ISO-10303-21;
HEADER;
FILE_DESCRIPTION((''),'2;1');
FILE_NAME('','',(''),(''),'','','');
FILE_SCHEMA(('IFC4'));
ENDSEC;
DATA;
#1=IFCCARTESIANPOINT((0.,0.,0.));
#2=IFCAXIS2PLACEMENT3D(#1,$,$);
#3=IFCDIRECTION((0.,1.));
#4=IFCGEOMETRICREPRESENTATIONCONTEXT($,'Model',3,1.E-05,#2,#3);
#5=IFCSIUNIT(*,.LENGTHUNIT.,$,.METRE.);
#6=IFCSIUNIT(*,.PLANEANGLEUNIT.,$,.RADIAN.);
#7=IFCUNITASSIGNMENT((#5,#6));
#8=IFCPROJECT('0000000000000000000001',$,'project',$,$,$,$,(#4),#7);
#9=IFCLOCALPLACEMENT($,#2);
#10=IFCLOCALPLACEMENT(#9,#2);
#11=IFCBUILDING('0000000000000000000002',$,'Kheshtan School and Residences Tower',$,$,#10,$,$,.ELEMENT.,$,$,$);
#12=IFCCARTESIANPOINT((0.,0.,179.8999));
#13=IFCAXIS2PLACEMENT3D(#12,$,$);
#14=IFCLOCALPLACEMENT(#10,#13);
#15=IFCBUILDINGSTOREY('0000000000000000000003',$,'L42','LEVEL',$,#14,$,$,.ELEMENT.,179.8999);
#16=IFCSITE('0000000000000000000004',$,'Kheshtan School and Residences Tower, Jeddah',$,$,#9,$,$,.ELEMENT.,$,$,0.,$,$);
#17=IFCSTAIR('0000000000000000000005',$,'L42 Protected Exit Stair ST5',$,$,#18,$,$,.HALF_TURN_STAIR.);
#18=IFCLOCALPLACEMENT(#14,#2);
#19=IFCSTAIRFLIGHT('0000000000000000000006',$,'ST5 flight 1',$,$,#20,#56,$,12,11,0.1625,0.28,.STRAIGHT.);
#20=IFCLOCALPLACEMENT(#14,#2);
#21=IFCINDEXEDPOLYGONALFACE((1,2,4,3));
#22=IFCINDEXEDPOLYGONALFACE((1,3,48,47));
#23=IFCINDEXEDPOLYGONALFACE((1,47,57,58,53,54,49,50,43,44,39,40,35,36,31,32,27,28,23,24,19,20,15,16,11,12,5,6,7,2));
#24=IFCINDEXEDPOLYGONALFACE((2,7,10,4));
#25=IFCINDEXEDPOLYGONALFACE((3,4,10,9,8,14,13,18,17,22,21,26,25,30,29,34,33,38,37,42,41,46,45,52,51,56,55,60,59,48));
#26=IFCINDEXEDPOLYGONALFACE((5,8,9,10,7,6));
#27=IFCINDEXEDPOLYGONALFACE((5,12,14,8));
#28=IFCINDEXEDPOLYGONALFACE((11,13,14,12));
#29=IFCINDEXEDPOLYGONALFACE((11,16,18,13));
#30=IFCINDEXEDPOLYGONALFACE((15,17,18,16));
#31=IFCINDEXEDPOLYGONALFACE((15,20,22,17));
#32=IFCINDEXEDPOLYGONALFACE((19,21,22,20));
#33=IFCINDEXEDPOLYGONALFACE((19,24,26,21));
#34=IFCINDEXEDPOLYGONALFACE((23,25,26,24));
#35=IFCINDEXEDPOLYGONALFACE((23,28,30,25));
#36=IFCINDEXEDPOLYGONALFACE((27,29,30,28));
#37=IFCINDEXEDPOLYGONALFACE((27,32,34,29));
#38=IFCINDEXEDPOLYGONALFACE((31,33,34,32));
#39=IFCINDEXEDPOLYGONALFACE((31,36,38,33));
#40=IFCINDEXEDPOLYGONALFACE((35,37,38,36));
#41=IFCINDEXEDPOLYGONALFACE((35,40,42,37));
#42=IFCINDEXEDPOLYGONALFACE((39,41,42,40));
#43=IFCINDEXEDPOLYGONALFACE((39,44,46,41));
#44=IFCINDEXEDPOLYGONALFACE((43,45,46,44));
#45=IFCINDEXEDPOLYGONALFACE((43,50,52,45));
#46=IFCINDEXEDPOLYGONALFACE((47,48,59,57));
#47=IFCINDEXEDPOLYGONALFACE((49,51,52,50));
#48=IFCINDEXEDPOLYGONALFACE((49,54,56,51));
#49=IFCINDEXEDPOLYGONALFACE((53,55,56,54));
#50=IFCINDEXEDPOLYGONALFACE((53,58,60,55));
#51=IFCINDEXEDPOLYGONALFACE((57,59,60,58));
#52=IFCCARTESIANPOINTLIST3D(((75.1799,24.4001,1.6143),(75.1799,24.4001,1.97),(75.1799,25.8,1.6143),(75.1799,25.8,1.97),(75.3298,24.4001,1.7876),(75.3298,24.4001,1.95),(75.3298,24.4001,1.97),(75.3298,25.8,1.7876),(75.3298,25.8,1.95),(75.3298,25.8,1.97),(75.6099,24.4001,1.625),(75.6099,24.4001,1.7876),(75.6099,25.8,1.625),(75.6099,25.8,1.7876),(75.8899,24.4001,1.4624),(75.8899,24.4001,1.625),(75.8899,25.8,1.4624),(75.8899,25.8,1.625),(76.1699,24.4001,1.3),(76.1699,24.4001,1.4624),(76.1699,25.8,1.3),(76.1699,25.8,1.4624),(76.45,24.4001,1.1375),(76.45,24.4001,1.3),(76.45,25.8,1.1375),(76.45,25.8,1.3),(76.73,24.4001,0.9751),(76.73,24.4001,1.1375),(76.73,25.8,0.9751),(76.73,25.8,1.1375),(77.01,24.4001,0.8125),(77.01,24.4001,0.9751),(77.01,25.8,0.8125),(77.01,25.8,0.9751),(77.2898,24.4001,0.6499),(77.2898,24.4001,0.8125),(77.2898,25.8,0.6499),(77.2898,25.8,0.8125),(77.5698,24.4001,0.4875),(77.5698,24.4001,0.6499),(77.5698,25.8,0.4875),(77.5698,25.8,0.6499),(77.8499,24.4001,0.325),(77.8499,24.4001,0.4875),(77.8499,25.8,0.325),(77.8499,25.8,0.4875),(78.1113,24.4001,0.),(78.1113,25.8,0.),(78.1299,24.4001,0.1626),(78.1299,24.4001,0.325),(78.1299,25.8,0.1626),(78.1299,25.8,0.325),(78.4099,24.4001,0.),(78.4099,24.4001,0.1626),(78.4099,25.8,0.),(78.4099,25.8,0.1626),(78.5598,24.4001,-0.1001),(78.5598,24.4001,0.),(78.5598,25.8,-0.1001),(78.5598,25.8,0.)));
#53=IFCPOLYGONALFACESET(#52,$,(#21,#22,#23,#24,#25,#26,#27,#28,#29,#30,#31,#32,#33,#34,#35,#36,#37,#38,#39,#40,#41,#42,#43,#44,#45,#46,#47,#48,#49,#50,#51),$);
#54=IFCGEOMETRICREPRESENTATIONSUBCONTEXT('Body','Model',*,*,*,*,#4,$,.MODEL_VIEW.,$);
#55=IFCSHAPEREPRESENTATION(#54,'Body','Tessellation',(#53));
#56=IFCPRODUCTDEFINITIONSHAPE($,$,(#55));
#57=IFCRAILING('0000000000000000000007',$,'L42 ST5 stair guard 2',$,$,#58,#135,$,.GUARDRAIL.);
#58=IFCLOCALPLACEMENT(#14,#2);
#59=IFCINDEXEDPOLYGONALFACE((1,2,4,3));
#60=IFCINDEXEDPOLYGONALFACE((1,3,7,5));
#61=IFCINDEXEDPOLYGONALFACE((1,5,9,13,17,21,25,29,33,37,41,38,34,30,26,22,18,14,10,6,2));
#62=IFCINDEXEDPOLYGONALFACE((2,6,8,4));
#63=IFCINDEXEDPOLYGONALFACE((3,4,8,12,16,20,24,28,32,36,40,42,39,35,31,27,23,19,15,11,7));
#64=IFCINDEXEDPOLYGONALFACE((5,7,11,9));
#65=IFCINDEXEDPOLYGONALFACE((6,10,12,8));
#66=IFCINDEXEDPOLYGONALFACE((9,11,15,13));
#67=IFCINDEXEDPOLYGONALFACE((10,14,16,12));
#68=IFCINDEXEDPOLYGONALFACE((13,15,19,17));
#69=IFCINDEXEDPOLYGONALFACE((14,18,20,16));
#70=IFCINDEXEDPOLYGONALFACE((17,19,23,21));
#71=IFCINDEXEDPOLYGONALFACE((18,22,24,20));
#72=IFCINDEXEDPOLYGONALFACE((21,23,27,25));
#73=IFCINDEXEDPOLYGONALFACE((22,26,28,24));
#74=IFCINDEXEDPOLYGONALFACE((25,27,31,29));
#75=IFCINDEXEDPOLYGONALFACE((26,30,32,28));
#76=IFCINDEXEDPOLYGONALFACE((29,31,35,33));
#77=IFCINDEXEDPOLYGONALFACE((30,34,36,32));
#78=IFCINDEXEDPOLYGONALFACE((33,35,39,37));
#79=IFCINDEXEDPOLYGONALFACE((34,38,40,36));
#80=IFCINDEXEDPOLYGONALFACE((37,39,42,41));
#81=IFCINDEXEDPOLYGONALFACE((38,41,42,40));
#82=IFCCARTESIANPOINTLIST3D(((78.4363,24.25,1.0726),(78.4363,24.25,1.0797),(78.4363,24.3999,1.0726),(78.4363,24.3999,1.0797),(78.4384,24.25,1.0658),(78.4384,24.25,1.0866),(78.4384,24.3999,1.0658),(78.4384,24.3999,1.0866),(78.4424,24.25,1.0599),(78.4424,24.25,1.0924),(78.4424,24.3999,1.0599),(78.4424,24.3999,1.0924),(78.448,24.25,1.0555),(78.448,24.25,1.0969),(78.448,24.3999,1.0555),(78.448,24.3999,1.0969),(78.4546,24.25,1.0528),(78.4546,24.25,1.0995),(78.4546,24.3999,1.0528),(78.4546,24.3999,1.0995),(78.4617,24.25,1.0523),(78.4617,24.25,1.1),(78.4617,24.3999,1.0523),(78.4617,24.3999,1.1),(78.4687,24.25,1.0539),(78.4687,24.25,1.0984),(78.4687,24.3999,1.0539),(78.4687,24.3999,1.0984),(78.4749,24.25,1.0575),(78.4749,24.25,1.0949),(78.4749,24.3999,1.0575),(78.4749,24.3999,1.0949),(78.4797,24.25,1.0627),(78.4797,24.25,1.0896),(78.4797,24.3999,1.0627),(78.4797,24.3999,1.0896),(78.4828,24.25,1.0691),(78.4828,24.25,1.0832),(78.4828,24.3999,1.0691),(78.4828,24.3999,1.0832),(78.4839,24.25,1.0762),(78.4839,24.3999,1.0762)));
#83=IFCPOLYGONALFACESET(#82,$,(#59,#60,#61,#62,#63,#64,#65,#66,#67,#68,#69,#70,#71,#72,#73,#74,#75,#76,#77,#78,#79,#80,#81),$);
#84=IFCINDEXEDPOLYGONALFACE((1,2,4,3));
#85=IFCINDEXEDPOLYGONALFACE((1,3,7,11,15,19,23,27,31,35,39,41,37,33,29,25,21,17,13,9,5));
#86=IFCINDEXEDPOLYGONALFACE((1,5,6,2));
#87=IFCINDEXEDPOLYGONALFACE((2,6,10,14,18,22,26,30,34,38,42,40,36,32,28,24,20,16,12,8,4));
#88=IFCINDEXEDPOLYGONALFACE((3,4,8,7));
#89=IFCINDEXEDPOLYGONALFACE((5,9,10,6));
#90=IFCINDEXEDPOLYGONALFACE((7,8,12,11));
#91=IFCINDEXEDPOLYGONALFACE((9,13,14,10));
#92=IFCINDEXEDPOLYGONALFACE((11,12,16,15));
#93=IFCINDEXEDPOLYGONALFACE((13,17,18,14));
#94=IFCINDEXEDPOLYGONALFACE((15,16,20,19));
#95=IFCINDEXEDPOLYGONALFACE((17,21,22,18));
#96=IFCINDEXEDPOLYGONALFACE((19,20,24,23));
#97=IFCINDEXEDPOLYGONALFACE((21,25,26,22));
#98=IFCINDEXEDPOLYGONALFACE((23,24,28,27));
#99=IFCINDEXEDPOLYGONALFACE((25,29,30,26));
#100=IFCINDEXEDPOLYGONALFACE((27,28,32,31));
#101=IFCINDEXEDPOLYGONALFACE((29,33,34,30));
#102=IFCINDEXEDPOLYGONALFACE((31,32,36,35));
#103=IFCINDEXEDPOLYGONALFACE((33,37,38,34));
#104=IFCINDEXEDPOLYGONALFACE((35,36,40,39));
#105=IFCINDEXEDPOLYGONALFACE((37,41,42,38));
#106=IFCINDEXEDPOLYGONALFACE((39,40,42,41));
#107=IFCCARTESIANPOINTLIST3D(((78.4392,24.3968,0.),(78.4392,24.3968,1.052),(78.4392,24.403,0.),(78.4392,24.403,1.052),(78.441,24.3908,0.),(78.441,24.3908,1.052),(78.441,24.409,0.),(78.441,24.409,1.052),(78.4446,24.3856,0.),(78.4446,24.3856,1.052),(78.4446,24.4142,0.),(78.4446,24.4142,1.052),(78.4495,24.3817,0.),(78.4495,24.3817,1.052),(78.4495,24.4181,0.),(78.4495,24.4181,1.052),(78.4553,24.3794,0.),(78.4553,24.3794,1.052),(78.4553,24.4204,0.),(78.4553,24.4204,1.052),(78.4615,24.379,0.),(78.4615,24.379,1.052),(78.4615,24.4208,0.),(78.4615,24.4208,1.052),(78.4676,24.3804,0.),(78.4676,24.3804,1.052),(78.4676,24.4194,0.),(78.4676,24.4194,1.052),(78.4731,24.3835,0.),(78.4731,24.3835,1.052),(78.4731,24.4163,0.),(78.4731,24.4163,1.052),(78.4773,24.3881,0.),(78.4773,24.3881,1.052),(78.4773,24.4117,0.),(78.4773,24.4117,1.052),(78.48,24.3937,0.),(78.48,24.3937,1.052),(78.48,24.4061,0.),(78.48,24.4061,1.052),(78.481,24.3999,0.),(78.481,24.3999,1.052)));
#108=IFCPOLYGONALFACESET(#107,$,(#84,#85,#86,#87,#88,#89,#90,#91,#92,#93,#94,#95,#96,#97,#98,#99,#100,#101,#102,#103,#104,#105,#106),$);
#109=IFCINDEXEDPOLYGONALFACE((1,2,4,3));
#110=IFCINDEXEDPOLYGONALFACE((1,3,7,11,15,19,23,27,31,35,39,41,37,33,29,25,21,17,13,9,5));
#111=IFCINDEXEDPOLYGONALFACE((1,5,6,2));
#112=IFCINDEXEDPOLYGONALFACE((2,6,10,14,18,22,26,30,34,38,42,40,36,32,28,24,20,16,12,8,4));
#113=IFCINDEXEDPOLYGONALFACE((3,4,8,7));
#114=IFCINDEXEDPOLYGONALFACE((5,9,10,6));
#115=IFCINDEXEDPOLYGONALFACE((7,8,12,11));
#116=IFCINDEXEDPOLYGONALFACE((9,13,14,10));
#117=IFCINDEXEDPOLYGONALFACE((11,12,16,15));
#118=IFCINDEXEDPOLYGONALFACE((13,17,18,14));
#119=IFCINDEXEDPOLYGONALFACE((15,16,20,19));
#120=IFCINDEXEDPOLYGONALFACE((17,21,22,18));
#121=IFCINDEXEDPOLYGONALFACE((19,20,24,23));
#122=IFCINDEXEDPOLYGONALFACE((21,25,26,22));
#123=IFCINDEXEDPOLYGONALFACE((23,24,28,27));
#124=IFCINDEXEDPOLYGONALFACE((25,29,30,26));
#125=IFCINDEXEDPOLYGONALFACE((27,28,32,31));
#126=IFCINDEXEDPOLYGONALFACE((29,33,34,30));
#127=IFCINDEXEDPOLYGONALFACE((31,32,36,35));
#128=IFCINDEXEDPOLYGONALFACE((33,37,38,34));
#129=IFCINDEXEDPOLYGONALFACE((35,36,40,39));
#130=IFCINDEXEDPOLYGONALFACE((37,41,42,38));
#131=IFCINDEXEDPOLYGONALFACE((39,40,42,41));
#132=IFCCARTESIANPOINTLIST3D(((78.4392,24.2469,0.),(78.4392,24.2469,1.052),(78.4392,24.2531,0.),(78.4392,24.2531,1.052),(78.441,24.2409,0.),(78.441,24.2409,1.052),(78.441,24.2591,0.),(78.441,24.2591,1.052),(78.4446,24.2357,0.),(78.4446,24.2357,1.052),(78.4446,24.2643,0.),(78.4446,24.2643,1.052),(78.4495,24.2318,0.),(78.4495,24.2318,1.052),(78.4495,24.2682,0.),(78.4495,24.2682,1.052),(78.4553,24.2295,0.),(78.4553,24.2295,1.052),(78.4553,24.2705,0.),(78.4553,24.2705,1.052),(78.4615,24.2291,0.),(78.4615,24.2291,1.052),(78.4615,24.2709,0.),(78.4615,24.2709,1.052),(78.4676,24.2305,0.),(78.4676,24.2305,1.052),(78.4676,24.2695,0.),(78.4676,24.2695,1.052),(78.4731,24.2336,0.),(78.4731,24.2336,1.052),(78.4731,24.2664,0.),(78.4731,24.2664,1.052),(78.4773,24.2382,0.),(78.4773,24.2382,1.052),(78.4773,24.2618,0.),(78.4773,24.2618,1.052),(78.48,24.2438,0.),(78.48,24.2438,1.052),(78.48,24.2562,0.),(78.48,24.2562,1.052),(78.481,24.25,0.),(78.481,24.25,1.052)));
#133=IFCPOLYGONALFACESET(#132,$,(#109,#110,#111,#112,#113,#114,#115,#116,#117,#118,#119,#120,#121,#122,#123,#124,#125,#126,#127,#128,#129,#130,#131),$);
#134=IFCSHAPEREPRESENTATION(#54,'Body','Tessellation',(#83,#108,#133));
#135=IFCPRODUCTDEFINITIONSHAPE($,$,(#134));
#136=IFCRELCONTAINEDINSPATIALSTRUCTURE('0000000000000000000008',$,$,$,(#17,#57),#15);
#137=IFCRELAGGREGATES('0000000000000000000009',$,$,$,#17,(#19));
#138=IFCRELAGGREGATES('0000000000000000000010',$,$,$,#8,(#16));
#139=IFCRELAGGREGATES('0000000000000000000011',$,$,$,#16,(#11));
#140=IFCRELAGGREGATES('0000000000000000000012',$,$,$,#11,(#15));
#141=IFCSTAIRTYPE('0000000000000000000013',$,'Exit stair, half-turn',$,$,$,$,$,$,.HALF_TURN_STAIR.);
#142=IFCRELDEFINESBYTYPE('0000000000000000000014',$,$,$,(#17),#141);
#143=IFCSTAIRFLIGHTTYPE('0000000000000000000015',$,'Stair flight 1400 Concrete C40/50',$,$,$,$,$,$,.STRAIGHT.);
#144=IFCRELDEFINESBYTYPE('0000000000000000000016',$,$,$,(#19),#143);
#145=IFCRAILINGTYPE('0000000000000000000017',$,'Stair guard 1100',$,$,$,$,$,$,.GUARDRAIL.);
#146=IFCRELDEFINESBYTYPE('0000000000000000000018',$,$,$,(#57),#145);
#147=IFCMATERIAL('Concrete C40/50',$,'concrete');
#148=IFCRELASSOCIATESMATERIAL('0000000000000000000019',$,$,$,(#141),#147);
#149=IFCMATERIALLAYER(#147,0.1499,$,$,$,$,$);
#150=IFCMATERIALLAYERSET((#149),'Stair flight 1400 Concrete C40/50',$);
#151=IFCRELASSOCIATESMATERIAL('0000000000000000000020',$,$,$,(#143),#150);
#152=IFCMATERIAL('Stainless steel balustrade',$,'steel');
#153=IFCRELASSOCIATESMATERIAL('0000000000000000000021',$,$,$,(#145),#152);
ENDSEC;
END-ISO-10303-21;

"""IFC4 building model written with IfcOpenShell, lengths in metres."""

from ifc_helpers import new_model, si_unit, direction, frame, origin, origin_2d, place, context, subcontext, project, spatial, polyline, circle, outline, extrude, material, layer, layer_set, type_object, element, aggregate, save


model = new_model("IFC4")

# Units and contexts
model_context = context("Model", 3, precision=1e-05, world=origin(), true_north=direction((0.0, 1.0)))
body_context = subcontext(model_context, "Body", "Model", "MODEL_VIEW")
ifc_project = project(units=[si_unit("LENGTHUNIT", "METRE"), si_unit("PLANEANGLEUNIT", "RADIAN")], contexts=[model_context])

# Site, building, storey
site_placement = place(None, origin())
site = spatial("IfcSite", under=ifc_project, at=site_placement, Name="Kheshtan School and Residences Tower, Jeddah", CompositionType="ELEMENT", RefElevation=0.0)
building_placement = place(site_placement, origin())
building = spatial("IfcBuilding", under=site, at=building_placement, Name="Kheshtan School and Residences Tower", CompositionType="ELEMENT")
storey_placement = place(building_placement, frame((0.0, 0.0, 179.8999)))
storey = spatial("IfcBuildingStorey", under=building, at=storey_placement, Name="L42", Description="LEVEL", CompositionType="ELEMENT", Elevation=179.8999)

# Shared definitions
ifc_material_1 = material(Name="Concrete C40/50", Category="concrete")

# Stair, stair flight
stair_type = type_object("IfcStairType", Name="Exit stair, half-turn", PredefinedType="HALF_TURN_STAIR", material=ifc_material_1)
ifc_layer_1 = layer(ifc_material_1, 0.1499)
ifc_layer_set_1 = layer_set([ifc_layer_1], Name="Stair flight 1400 Concrete C40/50")
stair_flight_type = type_object("IfcStairFlightType", Name="Stair flight 1400 Concrete C40/50", PredefinedType="STRAIGHT", material=ifc_layer_set_1)
stair_1_placement = place(storey_placement, origin())
stair_1 = element("IfcStair", 1, at=stair_1_placement, inside=storey, type_object=stair_type, Name="L42 Protected Exit Stair ST5", PredefinedType="HALF_TURN_STAIR")
stair_flight_1_placement = place(storey_placement, frame((78.4099, 25.1001, 0.0), z_axis=(0.0, 0.0, 1.0), x_axis=(-1.0, 0.0, 0.0)))
stair_flight_1 = element("IfcStairFlight", 2, at=stair_flight_1_placement, type_object=stair_flight_type, Name="ST5 flight 1", NumberOfRisers=12, NumberOfTreads=11, PredefinedType="STRAIGHT", RiserHeight=0.1625, TreadLength=0.28, context=body_context, shape_type="SweptSolid", body=[
    extrude(outline(polyline([(-0.1499, -0.1001), (-0.1499, 0.0), (0.0, 0.0), (0.0, 0.1626), (0.28, 0.1626), (0.28, 0.325), (0.5601, 0.325), (0.5601, 0.4875), (0.8401, 0.4875), (0.8401, 0.6499), (1.1201, 0.6499), (1.1201, 0.8125), (1.3999, 0.8125), (1.3999, 0.9751), (1.6799, 0.9751), (1.6799, 1.1375), (1.96, 1.1375), (1.96, 1.3), (2.24, 1.3), (2.24, 1.4624), (2.52, 1.4624), (2.52, 1.625), (2.8, 1.625), (2.8, 1.7876), (3.0801, 1.7876), (3.0801, 1.95), (3.0801, 1.97), (3.23, 1.97), (3.23, 1.6143), (0.2986, 0.0), (-0.1499, -0.1001)])), frame((0.0, 0.7, 0.0), z_axis=(0.0, -1.0, 0.0), x_axis=(1.0, 0.0, 0.0)), (0.0, 0.0, 1.0), 1.3999),
])
aggregate(stair_1, [stair_flight_1])

# Railing
ifc_material_2 = material(Name="Stainless steel balustrade", Category="steel")
railing_type_1 = type_object("IfcRailingType", Name="Stair guard 1100", PredefinedType="GUARDRAIL", material=ifc_material_2)
railing_1_placement = place(storey_placement, frame((78.46, 24.3999, 0.0)))
element("IfcRailing", 3, at=railing_1_placement, inside=storey, type_object=railing_type_1, Name="L42 ST5 stair guard 2", PredefinedType="GUARDRAIL", context=body_context, shape_type="SweptSolid", body=[
    extrude(circle(Radius=0.0239, at=origin_2d()), frame((0.0, 0.0, 1.0762), z_axis=(0.0, -1.0, 0.0), x_axis=(1.0, 0.0, 0.0)), (0.0, 0.0, 1.0), 0.1499),
    extrude(circle(Radius=0.021, at=origin_2d()), origin(), (0.0, 0.0, 1.0), 1.052),
    extrude(circle(Radius=0.021, at=origin_2d()), frame((0.0, -0.1499, 0.0)), (0.0, 0.0, 1.0), 1.052),
])

save(model, "model.ifc")
